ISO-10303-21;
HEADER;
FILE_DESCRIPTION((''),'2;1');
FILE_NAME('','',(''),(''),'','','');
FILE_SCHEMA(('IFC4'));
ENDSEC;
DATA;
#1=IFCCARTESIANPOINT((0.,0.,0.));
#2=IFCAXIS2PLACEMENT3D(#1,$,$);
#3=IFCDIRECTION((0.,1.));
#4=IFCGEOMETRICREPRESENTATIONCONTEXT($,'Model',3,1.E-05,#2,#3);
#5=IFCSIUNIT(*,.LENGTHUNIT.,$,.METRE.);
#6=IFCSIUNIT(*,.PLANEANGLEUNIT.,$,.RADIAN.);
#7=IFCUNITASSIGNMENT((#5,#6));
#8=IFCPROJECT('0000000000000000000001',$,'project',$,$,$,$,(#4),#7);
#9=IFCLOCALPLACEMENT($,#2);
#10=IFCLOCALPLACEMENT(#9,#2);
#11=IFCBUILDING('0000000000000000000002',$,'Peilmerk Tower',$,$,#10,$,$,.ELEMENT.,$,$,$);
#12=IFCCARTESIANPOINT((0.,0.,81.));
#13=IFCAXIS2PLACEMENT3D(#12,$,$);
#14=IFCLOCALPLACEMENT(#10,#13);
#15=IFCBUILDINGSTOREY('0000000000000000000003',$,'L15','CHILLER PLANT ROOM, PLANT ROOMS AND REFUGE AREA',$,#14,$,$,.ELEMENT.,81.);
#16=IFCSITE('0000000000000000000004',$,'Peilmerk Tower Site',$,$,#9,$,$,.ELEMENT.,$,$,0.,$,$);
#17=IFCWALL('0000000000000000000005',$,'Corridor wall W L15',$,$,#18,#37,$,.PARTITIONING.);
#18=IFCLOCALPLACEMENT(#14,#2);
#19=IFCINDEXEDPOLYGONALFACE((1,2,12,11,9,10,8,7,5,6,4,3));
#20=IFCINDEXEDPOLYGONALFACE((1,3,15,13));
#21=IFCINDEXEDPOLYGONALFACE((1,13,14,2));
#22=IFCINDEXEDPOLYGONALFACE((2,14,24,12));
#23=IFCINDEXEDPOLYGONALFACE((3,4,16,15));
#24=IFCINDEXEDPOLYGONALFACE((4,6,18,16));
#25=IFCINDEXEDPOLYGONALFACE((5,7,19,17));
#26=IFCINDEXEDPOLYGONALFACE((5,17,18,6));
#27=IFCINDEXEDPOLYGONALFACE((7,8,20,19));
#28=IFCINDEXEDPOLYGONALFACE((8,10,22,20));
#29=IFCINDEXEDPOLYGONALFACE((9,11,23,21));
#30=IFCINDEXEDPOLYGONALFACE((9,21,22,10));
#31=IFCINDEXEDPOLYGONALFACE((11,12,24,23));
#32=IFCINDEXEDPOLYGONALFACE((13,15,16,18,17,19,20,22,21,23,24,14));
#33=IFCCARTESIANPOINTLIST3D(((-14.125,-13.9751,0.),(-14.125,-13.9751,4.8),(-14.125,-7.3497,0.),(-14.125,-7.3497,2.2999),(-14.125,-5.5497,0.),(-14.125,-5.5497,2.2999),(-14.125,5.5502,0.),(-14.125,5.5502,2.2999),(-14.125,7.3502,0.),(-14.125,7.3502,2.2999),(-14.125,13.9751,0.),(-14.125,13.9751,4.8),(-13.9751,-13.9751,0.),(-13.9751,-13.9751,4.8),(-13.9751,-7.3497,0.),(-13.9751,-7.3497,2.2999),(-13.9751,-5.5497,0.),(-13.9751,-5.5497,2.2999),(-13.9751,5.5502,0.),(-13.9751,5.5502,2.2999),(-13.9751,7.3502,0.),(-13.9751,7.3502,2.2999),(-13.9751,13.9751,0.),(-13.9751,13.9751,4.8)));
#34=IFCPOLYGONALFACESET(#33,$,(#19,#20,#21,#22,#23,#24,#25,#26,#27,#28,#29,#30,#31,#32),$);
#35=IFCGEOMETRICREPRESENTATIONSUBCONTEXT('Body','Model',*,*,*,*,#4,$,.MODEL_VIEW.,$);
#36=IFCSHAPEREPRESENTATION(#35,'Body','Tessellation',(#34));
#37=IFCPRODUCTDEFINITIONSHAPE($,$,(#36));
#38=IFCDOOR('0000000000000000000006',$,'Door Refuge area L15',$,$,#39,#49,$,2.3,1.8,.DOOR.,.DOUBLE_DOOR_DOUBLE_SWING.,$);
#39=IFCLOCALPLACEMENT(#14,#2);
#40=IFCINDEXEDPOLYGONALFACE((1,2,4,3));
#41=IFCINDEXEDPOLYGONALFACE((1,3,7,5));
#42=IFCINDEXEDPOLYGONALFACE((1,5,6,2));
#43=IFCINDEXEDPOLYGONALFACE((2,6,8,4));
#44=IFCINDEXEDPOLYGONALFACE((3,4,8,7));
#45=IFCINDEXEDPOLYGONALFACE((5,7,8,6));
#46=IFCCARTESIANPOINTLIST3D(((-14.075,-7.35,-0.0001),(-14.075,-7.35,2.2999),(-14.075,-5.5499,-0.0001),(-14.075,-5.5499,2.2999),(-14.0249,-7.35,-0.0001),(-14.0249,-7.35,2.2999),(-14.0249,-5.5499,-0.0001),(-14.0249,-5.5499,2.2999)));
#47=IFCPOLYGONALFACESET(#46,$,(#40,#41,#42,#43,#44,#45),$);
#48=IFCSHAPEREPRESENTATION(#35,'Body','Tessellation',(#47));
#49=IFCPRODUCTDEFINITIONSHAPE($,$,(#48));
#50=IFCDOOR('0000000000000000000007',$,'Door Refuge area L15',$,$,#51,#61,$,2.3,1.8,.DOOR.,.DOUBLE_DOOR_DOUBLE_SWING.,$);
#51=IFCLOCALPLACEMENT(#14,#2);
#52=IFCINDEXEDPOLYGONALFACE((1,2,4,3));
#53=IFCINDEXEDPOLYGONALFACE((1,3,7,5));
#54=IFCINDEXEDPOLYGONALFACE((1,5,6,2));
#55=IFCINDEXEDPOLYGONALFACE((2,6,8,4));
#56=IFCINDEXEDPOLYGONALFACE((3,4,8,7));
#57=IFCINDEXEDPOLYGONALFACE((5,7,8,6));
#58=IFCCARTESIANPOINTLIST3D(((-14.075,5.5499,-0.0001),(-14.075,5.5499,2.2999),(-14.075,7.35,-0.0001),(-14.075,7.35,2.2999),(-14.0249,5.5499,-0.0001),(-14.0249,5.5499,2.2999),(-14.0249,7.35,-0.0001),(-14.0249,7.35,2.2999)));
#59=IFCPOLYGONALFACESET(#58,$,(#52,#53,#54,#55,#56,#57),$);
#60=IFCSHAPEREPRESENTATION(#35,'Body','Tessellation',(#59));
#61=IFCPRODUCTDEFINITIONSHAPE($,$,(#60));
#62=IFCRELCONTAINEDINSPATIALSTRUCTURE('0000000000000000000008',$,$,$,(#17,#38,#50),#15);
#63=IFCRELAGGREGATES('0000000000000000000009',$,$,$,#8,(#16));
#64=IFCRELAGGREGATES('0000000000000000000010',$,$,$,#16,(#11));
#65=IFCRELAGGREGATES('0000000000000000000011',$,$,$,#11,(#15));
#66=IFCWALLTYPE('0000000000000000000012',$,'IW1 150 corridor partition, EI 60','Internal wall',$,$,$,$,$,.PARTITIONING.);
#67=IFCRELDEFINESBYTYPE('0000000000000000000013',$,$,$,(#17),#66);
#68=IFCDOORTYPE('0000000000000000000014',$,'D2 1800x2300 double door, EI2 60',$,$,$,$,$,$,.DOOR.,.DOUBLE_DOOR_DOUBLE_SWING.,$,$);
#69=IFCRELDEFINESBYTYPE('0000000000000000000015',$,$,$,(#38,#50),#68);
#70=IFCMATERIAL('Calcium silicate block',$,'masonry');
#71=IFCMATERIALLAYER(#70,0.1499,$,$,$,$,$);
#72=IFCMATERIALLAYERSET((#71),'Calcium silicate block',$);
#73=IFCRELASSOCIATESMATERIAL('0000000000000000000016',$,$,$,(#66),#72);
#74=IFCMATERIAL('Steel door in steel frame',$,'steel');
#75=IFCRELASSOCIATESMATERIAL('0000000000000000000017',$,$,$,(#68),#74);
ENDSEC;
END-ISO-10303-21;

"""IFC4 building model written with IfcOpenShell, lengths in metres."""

from ifc_helpers import new_model, si_unit, direction, frame, frame_2d, origin, place, context, subcontext, project, spatial, rectangle, extrude, material, layer, layer_set, type_object, element, fill, save


model = new_model("IFC4")

# Units and contexts
model_context = context("Model", 3, precision=1e-05, world=origin(), true_north=direction((0.0, 1.0)))
body_context = subcontext(model_context, "Body", "Model", "MODEL_VIEW")
ifc_project = project(units=[si_unit("LENGTHUNIT", "METRE"), si_unit("PLANEANGLEUNIT", "RADIAN")], contexts=[model_context])

# Site, building, storey
site_placement = place(None, origin())
site = spatial("IfcSite", under=ifc_project, at=site_placement, Name="Peilmerk Tower Site", CompositionType="ELEMENT", RefElevation=0.0)
building_placement = place(site_placement, origin())
building = spatial("IfcBuilding", under=site, at=building_placement, Name="Peilmerk Tower", CompositionType="ELEMENT")
storey_placement = place(building_placement, frame((0.0, 0.0, 81.0)))
storey = spatial("IfcBuildingStorey", under=building, at=storey_placement, Name="L15", Description="CHILLER PLANT ROOM, PLANT ROOMS AND REFUGE AREA", CompositionType="ELEMENT", Elevation=81.0)

# Wall, openings, doors
ifc_material_1 = material(Name="Calcium silicate block", Category="masonry")
ifc_layer = layer(ifc_material_1, 0.1499)
ifc_layer_set = layer_set([ifc_layer], Name="Calcium silicate block")
wall_type = type_object("IfcWallType", Name="IW1 150 corridor partition, EI 60", Description="Internal wall", PredefinedType="PARTITIONING", material=ifc_layer_set)
ifc_material_2 = material(Name="Steel door in steel frame", Category="steel")
door_type = type_object("IfcDoorType", Name="D2 1800x2300 double door, EI2 60", OperationType="DOUBLE_DOOR_DOUBLE_SWING", PredefinedType="DOOR", material=ifc_material_2)
wall_1_placement = place(storey_placement, frame((-14.05, 13.9751, 0.0), z_axis=(0.0, 0.0, 1.0), x_axis=(0.0, -1.0, 0.0)))
wall_1 = element("IfcWall", 1, at=wall_1_placement, inside=storey, type_object=wall_type, Name="Corridor wall W L15", PredefinedType="PARTITIONING", context=body_context, shape_type="SweptSolid", body=[
    extrude(rectangle(XDim=27.9502, YDim=0.1499, at=frame_2d((13.9751, 0.0))), origin(), (0.0, 0.0, 1.0), 4.8),
])
opening_1_placement = place(wall_1_placement, frame((19.5249, 0.0, 0.0)))
opening_1 = element("IfcOpeningElement", 2, at=opening_1_placement, cuts=wall_1, PredefinedType="OPENING", context=body_context, shape_type="SweptSolid", body=[
    extrude(rectangle(XDim=1.8, YDim=2.3, at=frame_2d((0.8999, 1.1499))), frame((0.0, 0.085, 0.0), z_axis=(0.0, -1.0, 0.0), x_axis=(1.0, 0.0, 0.0)), (0.0, 0.0, 1.0), 0.1699),
])
opening_2_placement = place(wall_1_placement, frame((6.625, 0.0, 0.0)))
opening_2 = element("IfcOpeningElement", 3, at=opening_2_placement, cuts=wall_1, PredefinedType="OPENING", context=body_context, shape_type="SweptSolid", body=[
    extrude(rectangle(XDim=1.8, YDim=2.3, at=frame_2d((0.8999, 1.1499))), frame((0.0, 0.085, 0.0), z_axis=(0.0, -1.0, 0.0), x_axis=(1.0, 0.0, 0.0)), (0.0, 0.0, 1.0), 0.1699),
])
door_1_placement = place(opening_1_placement, frame((1.8, 0.0, 0.0), z_axis=(0.0, 0.0, 1.0), x_axis=(-1.0, 0.0, 0.0)))
door_1 = element("IfcDoor", 4, at=door_1_placement, inside=storey, type_object=door_type, Name="Door Refuge area L15", OperationType="DOUBLE_DOOR_DOUBLE_SWING", OverallHeight=2.3, OverallWidth=1.8, PredefinedType="DOOR", context=body_context, shape_type="SweptSolid", body=[
    extrude(rectangle(XDim=1.8, YDim=2.3, at=frame_2d((0.8999, 1.1499))), frame((0.0, 0.0249, 0.0), z_axis=(0.0, -1.0, 0.0), x_axis=(1.0, 0.0, 0.0)), (0.0, 0.0, 1.0), 0.05),
])
fill(opening_1, door_1)
door_2_placement = place(opening_2_placement, frame((1.8, 0.0, 0.0), z_axis=(0.0, 0.0, 1.0), x_axis=(-1.0, 0.0, 0.0)))
door_2 = element("IfcDoor", 5, at=door_2_placement, inside=storey, type_object=door_type, Name="Door Refuge area L15", OperationType="DOUBLE_DOOR_DOUBLE_SWING", OverallHeight=2.3, OverallWidth=1.8, PredefinedType="DOOR", context=body_context, shape_type="SweptSolid", body=[
    extrude(rectangle(XDim=1.8, YDim=2.3, at=frame_2d((0.8999, 1.1499))), frame((0.0, 0.0249, 0.0), z_axis=(0.0, -1.0, 0.0), x_axis=(1.0, 0.0, 0.0)), (0.0, 0.0, 1.0), 0.05),
])
fill(opening_2, door_2)

save(model, "model.ifc")
